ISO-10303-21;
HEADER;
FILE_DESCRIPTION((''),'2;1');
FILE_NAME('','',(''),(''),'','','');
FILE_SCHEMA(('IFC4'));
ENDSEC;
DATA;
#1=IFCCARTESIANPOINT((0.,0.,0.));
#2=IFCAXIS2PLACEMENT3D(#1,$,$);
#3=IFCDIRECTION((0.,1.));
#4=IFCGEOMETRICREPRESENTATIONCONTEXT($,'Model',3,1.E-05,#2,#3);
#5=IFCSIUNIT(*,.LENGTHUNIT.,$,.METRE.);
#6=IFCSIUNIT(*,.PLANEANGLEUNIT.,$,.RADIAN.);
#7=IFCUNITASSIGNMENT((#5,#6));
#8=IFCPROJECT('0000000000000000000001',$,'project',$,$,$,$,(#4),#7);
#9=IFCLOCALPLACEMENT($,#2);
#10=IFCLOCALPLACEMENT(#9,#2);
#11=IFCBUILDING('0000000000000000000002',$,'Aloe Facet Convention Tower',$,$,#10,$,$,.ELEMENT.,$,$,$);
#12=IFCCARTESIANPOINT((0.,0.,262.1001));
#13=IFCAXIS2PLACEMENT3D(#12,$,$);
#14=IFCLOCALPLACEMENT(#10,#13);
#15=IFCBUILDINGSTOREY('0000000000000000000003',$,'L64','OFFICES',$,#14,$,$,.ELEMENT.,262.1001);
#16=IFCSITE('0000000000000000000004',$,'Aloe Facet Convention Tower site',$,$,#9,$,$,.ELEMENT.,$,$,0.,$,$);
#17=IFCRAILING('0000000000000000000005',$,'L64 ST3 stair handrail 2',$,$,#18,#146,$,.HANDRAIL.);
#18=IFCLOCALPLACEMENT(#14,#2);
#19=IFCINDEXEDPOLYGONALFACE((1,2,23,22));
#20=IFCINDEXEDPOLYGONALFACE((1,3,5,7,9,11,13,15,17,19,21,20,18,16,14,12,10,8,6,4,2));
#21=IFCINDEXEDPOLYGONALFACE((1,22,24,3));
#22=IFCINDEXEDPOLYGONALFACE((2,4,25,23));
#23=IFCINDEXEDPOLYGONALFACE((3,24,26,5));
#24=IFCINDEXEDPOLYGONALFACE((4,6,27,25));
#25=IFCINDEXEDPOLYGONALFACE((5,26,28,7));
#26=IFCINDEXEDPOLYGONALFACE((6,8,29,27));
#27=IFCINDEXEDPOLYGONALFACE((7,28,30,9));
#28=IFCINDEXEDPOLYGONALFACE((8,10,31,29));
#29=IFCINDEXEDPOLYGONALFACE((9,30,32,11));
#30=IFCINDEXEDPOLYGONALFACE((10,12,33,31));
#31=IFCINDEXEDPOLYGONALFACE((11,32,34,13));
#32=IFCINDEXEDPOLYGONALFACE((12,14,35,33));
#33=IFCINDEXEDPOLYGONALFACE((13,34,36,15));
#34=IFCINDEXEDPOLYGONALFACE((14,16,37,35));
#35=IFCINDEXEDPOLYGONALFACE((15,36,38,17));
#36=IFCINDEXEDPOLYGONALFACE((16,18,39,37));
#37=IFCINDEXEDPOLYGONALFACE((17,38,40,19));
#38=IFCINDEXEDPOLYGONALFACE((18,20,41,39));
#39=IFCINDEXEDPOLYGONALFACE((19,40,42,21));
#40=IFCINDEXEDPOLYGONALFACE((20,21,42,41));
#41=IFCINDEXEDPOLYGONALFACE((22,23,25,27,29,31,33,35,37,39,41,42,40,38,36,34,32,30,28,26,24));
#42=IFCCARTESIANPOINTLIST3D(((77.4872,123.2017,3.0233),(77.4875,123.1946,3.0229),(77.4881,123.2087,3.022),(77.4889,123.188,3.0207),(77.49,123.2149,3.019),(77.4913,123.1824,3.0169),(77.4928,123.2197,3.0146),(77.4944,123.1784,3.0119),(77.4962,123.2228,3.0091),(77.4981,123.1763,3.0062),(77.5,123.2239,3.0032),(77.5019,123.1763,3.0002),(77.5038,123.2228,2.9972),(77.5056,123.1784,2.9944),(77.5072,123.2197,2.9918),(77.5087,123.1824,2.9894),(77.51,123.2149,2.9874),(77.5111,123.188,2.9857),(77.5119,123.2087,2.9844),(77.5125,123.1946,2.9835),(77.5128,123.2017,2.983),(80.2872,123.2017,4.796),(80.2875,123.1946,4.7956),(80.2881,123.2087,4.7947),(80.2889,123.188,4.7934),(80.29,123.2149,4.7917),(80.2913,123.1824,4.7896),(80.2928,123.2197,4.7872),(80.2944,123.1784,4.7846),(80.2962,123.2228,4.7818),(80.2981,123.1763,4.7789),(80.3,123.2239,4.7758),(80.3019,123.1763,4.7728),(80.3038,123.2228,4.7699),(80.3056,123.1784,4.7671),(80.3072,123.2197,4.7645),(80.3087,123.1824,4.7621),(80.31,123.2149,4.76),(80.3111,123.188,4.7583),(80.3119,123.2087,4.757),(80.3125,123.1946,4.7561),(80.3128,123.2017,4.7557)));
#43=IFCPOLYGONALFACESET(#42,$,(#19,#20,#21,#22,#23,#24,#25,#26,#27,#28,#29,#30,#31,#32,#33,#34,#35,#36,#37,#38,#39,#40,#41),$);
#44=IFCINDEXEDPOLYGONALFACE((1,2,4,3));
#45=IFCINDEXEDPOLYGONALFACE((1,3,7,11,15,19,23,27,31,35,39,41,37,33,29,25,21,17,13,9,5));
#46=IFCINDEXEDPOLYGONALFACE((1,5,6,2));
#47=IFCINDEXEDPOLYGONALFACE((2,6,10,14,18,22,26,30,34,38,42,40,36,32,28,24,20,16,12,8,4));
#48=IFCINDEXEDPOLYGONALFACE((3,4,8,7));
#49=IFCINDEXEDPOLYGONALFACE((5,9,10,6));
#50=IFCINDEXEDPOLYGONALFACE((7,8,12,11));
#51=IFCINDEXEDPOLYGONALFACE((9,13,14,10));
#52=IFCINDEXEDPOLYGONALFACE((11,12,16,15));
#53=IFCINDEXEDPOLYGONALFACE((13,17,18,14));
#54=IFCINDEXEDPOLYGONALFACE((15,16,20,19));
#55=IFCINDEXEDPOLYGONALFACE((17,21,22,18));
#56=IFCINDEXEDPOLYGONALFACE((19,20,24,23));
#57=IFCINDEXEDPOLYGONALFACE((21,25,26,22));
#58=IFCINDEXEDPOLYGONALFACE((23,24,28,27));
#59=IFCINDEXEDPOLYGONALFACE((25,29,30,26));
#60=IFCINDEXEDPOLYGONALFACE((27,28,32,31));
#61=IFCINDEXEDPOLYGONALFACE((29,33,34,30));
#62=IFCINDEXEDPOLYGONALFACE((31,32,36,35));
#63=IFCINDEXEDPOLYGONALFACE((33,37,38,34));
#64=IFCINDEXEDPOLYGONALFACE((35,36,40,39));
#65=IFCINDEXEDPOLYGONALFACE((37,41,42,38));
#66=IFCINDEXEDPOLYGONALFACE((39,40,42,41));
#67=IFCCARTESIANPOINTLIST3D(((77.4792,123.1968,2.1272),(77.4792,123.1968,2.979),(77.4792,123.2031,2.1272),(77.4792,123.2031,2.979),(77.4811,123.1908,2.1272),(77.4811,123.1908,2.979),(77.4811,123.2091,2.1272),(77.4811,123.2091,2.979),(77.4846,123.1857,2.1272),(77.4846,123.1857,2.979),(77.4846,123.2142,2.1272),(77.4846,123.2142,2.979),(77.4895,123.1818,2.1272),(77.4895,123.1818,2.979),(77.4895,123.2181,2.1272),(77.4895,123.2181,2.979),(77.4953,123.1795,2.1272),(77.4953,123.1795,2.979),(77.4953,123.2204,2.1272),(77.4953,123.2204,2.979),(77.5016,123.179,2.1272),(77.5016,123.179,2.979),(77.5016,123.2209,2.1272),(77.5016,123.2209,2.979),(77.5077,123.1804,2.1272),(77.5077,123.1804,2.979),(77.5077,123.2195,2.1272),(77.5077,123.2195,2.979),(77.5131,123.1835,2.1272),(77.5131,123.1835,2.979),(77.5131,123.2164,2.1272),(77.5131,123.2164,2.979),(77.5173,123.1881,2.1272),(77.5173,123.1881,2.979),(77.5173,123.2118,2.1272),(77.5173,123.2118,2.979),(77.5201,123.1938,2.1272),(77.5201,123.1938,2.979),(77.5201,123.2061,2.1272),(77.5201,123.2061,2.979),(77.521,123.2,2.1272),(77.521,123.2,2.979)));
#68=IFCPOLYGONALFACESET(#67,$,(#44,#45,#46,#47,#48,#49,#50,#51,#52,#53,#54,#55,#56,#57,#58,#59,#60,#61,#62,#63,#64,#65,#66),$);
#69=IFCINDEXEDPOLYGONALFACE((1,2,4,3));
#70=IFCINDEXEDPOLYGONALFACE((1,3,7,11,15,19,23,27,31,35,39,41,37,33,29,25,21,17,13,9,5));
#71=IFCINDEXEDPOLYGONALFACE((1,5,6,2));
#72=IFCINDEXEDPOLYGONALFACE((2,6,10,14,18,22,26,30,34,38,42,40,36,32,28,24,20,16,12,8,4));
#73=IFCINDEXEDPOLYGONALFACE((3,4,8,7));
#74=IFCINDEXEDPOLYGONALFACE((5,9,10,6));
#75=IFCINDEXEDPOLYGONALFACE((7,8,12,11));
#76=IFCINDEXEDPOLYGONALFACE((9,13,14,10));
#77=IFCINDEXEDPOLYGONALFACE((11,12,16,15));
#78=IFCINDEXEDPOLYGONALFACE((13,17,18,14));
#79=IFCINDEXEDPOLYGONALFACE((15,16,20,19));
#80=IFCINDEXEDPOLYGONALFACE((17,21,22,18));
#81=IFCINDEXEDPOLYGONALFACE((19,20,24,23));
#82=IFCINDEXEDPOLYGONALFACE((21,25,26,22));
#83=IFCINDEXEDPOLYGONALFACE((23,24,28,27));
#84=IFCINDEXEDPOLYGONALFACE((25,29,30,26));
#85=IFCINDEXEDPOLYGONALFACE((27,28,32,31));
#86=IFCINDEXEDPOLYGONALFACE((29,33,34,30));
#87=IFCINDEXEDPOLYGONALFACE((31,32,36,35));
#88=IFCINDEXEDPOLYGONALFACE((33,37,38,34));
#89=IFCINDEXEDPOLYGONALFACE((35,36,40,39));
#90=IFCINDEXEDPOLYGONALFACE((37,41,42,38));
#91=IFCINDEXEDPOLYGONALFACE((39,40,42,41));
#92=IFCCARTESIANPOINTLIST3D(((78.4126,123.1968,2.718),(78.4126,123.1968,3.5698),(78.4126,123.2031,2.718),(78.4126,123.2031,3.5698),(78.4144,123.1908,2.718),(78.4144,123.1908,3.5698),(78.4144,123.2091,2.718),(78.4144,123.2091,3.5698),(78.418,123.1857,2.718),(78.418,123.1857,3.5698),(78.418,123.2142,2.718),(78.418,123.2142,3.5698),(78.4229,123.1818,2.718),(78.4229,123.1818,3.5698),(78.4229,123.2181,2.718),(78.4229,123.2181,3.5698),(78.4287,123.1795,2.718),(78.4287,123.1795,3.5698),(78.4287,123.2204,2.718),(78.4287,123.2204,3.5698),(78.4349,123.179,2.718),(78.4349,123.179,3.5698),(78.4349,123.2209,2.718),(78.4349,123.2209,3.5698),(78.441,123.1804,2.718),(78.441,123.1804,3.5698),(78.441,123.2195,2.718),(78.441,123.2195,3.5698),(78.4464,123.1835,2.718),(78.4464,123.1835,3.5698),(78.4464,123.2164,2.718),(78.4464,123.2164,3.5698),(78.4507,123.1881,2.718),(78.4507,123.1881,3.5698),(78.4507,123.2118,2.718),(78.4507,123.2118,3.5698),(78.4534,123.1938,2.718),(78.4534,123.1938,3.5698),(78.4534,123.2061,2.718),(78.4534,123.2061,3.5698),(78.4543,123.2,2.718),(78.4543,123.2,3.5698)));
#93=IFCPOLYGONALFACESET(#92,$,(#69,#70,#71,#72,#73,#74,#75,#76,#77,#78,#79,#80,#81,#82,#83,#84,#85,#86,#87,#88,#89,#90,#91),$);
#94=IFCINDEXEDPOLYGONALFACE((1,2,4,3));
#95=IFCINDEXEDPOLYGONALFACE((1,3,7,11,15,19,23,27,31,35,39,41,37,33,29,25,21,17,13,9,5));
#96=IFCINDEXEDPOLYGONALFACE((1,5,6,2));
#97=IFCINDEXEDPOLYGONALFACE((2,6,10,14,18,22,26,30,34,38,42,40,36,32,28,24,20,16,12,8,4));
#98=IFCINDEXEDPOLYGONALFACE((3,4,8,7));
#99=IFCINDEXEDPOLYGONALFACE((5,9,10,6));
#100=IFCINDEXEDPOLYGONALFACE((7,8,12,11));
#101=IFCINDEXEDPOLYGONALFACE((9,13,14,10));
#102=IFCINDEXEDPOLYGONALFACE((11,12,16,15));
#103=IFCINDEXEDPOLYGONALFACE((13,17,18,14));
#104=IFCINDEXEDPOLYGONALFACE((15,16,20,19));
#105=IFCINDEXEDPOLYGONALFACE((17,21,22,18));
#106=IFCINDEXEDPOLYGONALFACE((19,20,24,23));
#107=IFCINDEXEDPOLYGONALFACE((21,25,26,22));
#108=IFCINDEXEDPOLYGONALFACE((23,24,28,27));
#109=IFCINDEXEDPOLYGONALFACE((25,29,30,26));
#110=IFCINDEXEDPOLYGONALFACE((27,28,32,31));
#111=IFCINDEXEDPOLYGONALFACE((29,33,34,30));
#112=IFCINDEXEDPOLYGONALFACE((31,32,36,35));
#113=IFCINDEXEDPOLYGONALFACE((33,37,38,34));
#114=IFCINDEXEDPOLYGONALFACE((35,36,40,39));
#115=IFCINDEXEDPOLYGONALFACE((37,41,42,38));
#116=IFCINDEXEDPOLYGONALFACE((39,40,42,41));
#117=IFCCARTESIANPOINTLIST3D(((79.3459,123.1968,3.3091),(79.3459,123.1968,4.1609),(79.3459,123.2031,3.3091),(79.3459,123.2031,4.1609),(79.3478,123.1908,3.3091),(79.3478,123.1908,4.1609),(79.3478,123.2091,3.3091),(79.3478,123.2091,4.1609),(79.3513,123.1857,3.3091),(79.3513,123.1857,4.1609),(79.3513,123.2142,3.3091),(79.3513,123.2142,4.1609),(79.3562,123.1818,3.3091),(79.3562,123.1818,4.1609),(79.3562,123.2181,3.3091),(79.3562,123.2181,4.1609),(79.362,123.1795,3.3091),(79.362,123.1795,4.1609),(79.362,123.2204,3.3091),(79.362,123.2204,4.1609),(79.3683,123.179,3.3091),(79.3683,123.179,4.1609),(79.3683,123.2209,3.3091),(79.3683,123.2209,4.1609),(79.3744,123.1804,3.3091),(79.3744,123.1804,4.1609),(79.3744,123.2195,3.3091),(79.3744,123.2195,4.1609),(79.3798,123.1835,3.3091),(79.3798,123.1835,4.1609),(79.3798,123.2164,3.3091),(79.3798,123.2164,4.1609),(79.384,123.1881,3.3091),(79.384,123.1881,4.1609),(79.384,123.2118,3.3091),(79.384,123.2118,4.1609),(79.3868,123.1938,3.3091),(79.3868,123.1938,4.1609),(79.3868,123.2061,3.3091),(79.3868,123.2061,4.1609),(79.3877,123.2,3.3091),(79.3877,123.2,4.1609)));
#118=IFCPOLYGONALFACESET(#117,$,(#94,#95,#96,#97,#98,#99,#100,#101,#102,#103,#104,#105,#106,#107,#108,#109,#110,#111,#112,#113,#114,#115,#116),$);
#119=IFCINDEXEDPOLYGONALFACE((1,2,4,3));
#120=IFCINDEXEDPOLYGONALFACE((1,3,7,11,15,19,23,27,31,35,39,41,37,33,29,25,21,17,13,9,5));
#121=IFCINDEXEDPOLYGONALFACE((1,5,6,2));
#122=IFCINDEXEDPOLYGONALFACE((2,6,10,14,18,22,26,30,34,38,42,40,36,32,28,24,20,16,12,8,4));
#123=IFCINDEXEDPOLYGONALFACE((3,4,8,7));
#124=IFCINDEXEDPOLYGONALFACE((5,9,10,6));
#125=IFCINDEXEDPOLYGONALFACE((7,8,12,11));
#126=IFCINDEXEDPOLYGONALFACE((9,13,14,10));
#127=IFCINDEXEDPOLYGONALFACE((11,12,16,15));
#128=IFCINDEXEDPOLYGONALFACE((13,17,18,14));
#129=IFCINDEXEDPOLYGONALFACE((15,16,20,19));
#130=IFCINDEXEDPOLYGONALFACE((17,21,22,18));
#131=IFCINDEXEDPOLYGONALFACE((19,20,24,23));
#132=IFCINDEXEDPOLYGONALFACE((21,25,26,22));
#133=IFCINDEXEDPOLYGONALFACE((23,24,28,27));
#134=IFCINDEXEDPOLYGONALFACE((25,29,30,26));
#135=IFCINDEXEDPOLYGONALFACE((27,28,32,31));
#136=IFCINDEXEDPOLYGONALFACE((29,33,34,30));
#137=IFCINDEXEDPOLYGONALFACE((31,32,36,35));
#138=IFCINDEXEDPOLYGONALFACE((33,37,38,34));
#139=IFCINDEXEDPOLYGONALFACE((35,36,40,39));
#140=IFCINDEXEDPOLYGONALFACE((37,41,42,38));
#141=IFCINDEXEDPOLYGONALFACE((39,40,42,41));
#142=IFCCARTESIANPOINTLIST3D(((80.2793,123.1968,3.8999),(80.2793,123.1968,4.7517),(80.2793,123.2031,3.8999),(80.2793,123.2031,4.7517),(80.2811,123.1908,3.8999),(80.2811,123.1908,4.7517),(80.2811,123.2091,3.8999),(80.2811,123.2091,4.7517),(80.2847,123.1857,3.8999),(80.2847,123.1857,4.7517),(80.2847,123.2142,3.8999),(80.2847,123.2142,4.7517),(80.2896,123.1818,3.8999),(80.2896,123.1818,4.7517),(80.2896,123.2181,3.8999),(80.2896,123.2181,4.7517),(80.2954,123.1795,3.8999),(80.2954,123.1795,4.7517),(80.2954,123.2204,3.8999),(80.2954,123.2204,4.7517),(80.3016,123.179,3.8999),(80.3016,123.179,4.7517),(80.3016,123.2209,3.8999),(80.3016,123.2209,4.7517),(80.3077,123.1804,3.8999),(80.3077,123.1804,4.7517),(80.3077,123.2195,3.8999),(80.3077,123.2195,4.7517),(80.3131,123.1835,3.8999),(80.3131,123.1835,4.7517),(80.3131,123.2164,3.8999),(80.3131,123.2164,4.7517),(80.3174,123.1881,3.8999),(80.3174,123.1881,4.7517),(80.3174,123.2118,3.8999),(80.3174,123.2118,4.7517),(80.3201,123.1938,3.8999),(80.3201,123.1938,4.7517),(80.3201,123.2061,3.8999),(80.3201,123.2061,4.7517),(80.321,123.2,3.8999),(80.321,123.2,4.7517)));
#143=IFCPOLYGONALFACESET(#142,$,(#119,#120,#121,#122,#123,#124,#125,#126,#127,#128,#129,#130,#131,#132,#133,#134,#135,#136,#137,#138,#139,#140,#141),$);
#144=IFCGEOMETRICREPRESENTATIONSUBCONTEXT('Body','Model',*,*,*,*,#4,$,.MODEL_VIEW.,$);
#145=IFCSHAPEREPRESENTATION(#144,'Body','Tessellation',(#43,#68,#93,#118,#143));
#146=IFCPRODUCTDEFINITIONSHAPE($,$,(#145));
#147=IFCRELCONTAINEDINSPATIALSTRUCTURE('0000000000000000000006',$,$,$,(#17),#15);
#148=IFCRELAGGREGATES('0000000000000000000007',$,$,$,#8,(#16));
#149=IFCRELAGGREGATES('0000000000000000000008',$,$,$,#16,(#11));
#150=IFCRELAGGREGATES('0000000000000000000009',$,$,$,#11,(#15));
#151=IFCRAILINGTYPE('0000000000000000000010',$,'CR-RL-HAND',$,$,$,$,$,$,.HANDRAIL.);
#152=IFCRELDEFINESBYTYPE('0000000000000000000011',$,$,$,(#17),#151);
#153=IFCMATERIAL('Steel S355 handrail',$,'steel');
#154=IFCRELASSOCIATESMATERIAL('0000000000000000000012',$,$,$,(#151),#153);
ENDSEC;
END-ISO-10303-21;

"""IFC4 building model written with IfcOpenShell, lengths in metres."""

from ifc_helpers import new_model, si_unit, direction, frame, origin, origin_2d, place, context, subcontext, project, spatial, circle, extrude, material, type_object, element, save


model = new_model("IFC4")

# Units and contexts
model_context = context("Model", 3, precision=1e-05, world=origin(), true_north=direction((0.0, 1.0)))
body_context = subcontext(model_context, "Body", "Model", "MODEL_VIEW")
ifc_project = project(units=[si_unit("LENGTHUNIT", "METRE"), si_unit("PLANEANGLEUNIT", "RADIAN")], contexts=[model_context])

# Site, building, storey
site_placement = place(None, origin())
site = spatial("IfcSite", under=ifc_project, at=site_placement, Name="Aloe Facet Convention Tower site", CompositionType="ELEMENT", RefElevation=0.0)
building_placement = place(site_placement, origin())
building = spatial("IfcBuilding", under=site, at=building_placement, Name="Aloe Facet Convention Tower", CompositionType="ELEMENT")
storey_placement = place(building_placement, frame((0.0, 0.0, 262.1001)))
storey = spatial("IfcBuildingStorey", under=building, at=storey_placement, Name="L64", Description="OFFICES", CompositionType="ELEMENT", Elevation=262.1001)

# Railing
ifc_material_1 = material(Name="Steel S355 handrail", Category="steel")
railing_type_1 = type_object("IfcRailingType", Name="CR-RL-HAND", PredefinedType="HANDRAIL", material=ifc_material_1)
railing_1_placement = place(storey_placement, frame((77.5, 123.2, 2.1272)))
element("IfcRailing", 1, at=railing_1_placement, inside=storey, type_object=railing_type_1, Name="L64 ST3 stair handrail 2", PredefinedType="HANDRAIL", context=body_context, shape_type="SweptSolid", body=[
    extrude(circle(Radius=0.0239, at=origin_2d()), frame((0.0, 0.0, 0.876), z_axis=(0.844909, 0.0, 0.53491), x_axis=(0.0, 1.0, 0.0)), (0.0, 0.0, 1.0), 3.314),
    extrude(circle(Radius=0.021, at=origin_2d()), origin(), (0.0, 0.0, 1.0), 0.8518),
    extrude(circle(Radius=0.021, at=origin_2d()), frame((0.9333, 0.0, 0.5908)), (0.0, 0.0, 1.0), 0.8518),
    extrude(circle(Radius=0.021, at=origin_2d()), frame((1.8667, 0.0, 1.1819)), (0.0, 0.0, 1.0), 0.8518),
    extrude(circle(Radius=0.021, at=origin_2d()), frame((2.8, 0.0, 1.7727)), (0.0, 0.0, 1.0), 0.8518),
])

save(model, "model.ifc")
